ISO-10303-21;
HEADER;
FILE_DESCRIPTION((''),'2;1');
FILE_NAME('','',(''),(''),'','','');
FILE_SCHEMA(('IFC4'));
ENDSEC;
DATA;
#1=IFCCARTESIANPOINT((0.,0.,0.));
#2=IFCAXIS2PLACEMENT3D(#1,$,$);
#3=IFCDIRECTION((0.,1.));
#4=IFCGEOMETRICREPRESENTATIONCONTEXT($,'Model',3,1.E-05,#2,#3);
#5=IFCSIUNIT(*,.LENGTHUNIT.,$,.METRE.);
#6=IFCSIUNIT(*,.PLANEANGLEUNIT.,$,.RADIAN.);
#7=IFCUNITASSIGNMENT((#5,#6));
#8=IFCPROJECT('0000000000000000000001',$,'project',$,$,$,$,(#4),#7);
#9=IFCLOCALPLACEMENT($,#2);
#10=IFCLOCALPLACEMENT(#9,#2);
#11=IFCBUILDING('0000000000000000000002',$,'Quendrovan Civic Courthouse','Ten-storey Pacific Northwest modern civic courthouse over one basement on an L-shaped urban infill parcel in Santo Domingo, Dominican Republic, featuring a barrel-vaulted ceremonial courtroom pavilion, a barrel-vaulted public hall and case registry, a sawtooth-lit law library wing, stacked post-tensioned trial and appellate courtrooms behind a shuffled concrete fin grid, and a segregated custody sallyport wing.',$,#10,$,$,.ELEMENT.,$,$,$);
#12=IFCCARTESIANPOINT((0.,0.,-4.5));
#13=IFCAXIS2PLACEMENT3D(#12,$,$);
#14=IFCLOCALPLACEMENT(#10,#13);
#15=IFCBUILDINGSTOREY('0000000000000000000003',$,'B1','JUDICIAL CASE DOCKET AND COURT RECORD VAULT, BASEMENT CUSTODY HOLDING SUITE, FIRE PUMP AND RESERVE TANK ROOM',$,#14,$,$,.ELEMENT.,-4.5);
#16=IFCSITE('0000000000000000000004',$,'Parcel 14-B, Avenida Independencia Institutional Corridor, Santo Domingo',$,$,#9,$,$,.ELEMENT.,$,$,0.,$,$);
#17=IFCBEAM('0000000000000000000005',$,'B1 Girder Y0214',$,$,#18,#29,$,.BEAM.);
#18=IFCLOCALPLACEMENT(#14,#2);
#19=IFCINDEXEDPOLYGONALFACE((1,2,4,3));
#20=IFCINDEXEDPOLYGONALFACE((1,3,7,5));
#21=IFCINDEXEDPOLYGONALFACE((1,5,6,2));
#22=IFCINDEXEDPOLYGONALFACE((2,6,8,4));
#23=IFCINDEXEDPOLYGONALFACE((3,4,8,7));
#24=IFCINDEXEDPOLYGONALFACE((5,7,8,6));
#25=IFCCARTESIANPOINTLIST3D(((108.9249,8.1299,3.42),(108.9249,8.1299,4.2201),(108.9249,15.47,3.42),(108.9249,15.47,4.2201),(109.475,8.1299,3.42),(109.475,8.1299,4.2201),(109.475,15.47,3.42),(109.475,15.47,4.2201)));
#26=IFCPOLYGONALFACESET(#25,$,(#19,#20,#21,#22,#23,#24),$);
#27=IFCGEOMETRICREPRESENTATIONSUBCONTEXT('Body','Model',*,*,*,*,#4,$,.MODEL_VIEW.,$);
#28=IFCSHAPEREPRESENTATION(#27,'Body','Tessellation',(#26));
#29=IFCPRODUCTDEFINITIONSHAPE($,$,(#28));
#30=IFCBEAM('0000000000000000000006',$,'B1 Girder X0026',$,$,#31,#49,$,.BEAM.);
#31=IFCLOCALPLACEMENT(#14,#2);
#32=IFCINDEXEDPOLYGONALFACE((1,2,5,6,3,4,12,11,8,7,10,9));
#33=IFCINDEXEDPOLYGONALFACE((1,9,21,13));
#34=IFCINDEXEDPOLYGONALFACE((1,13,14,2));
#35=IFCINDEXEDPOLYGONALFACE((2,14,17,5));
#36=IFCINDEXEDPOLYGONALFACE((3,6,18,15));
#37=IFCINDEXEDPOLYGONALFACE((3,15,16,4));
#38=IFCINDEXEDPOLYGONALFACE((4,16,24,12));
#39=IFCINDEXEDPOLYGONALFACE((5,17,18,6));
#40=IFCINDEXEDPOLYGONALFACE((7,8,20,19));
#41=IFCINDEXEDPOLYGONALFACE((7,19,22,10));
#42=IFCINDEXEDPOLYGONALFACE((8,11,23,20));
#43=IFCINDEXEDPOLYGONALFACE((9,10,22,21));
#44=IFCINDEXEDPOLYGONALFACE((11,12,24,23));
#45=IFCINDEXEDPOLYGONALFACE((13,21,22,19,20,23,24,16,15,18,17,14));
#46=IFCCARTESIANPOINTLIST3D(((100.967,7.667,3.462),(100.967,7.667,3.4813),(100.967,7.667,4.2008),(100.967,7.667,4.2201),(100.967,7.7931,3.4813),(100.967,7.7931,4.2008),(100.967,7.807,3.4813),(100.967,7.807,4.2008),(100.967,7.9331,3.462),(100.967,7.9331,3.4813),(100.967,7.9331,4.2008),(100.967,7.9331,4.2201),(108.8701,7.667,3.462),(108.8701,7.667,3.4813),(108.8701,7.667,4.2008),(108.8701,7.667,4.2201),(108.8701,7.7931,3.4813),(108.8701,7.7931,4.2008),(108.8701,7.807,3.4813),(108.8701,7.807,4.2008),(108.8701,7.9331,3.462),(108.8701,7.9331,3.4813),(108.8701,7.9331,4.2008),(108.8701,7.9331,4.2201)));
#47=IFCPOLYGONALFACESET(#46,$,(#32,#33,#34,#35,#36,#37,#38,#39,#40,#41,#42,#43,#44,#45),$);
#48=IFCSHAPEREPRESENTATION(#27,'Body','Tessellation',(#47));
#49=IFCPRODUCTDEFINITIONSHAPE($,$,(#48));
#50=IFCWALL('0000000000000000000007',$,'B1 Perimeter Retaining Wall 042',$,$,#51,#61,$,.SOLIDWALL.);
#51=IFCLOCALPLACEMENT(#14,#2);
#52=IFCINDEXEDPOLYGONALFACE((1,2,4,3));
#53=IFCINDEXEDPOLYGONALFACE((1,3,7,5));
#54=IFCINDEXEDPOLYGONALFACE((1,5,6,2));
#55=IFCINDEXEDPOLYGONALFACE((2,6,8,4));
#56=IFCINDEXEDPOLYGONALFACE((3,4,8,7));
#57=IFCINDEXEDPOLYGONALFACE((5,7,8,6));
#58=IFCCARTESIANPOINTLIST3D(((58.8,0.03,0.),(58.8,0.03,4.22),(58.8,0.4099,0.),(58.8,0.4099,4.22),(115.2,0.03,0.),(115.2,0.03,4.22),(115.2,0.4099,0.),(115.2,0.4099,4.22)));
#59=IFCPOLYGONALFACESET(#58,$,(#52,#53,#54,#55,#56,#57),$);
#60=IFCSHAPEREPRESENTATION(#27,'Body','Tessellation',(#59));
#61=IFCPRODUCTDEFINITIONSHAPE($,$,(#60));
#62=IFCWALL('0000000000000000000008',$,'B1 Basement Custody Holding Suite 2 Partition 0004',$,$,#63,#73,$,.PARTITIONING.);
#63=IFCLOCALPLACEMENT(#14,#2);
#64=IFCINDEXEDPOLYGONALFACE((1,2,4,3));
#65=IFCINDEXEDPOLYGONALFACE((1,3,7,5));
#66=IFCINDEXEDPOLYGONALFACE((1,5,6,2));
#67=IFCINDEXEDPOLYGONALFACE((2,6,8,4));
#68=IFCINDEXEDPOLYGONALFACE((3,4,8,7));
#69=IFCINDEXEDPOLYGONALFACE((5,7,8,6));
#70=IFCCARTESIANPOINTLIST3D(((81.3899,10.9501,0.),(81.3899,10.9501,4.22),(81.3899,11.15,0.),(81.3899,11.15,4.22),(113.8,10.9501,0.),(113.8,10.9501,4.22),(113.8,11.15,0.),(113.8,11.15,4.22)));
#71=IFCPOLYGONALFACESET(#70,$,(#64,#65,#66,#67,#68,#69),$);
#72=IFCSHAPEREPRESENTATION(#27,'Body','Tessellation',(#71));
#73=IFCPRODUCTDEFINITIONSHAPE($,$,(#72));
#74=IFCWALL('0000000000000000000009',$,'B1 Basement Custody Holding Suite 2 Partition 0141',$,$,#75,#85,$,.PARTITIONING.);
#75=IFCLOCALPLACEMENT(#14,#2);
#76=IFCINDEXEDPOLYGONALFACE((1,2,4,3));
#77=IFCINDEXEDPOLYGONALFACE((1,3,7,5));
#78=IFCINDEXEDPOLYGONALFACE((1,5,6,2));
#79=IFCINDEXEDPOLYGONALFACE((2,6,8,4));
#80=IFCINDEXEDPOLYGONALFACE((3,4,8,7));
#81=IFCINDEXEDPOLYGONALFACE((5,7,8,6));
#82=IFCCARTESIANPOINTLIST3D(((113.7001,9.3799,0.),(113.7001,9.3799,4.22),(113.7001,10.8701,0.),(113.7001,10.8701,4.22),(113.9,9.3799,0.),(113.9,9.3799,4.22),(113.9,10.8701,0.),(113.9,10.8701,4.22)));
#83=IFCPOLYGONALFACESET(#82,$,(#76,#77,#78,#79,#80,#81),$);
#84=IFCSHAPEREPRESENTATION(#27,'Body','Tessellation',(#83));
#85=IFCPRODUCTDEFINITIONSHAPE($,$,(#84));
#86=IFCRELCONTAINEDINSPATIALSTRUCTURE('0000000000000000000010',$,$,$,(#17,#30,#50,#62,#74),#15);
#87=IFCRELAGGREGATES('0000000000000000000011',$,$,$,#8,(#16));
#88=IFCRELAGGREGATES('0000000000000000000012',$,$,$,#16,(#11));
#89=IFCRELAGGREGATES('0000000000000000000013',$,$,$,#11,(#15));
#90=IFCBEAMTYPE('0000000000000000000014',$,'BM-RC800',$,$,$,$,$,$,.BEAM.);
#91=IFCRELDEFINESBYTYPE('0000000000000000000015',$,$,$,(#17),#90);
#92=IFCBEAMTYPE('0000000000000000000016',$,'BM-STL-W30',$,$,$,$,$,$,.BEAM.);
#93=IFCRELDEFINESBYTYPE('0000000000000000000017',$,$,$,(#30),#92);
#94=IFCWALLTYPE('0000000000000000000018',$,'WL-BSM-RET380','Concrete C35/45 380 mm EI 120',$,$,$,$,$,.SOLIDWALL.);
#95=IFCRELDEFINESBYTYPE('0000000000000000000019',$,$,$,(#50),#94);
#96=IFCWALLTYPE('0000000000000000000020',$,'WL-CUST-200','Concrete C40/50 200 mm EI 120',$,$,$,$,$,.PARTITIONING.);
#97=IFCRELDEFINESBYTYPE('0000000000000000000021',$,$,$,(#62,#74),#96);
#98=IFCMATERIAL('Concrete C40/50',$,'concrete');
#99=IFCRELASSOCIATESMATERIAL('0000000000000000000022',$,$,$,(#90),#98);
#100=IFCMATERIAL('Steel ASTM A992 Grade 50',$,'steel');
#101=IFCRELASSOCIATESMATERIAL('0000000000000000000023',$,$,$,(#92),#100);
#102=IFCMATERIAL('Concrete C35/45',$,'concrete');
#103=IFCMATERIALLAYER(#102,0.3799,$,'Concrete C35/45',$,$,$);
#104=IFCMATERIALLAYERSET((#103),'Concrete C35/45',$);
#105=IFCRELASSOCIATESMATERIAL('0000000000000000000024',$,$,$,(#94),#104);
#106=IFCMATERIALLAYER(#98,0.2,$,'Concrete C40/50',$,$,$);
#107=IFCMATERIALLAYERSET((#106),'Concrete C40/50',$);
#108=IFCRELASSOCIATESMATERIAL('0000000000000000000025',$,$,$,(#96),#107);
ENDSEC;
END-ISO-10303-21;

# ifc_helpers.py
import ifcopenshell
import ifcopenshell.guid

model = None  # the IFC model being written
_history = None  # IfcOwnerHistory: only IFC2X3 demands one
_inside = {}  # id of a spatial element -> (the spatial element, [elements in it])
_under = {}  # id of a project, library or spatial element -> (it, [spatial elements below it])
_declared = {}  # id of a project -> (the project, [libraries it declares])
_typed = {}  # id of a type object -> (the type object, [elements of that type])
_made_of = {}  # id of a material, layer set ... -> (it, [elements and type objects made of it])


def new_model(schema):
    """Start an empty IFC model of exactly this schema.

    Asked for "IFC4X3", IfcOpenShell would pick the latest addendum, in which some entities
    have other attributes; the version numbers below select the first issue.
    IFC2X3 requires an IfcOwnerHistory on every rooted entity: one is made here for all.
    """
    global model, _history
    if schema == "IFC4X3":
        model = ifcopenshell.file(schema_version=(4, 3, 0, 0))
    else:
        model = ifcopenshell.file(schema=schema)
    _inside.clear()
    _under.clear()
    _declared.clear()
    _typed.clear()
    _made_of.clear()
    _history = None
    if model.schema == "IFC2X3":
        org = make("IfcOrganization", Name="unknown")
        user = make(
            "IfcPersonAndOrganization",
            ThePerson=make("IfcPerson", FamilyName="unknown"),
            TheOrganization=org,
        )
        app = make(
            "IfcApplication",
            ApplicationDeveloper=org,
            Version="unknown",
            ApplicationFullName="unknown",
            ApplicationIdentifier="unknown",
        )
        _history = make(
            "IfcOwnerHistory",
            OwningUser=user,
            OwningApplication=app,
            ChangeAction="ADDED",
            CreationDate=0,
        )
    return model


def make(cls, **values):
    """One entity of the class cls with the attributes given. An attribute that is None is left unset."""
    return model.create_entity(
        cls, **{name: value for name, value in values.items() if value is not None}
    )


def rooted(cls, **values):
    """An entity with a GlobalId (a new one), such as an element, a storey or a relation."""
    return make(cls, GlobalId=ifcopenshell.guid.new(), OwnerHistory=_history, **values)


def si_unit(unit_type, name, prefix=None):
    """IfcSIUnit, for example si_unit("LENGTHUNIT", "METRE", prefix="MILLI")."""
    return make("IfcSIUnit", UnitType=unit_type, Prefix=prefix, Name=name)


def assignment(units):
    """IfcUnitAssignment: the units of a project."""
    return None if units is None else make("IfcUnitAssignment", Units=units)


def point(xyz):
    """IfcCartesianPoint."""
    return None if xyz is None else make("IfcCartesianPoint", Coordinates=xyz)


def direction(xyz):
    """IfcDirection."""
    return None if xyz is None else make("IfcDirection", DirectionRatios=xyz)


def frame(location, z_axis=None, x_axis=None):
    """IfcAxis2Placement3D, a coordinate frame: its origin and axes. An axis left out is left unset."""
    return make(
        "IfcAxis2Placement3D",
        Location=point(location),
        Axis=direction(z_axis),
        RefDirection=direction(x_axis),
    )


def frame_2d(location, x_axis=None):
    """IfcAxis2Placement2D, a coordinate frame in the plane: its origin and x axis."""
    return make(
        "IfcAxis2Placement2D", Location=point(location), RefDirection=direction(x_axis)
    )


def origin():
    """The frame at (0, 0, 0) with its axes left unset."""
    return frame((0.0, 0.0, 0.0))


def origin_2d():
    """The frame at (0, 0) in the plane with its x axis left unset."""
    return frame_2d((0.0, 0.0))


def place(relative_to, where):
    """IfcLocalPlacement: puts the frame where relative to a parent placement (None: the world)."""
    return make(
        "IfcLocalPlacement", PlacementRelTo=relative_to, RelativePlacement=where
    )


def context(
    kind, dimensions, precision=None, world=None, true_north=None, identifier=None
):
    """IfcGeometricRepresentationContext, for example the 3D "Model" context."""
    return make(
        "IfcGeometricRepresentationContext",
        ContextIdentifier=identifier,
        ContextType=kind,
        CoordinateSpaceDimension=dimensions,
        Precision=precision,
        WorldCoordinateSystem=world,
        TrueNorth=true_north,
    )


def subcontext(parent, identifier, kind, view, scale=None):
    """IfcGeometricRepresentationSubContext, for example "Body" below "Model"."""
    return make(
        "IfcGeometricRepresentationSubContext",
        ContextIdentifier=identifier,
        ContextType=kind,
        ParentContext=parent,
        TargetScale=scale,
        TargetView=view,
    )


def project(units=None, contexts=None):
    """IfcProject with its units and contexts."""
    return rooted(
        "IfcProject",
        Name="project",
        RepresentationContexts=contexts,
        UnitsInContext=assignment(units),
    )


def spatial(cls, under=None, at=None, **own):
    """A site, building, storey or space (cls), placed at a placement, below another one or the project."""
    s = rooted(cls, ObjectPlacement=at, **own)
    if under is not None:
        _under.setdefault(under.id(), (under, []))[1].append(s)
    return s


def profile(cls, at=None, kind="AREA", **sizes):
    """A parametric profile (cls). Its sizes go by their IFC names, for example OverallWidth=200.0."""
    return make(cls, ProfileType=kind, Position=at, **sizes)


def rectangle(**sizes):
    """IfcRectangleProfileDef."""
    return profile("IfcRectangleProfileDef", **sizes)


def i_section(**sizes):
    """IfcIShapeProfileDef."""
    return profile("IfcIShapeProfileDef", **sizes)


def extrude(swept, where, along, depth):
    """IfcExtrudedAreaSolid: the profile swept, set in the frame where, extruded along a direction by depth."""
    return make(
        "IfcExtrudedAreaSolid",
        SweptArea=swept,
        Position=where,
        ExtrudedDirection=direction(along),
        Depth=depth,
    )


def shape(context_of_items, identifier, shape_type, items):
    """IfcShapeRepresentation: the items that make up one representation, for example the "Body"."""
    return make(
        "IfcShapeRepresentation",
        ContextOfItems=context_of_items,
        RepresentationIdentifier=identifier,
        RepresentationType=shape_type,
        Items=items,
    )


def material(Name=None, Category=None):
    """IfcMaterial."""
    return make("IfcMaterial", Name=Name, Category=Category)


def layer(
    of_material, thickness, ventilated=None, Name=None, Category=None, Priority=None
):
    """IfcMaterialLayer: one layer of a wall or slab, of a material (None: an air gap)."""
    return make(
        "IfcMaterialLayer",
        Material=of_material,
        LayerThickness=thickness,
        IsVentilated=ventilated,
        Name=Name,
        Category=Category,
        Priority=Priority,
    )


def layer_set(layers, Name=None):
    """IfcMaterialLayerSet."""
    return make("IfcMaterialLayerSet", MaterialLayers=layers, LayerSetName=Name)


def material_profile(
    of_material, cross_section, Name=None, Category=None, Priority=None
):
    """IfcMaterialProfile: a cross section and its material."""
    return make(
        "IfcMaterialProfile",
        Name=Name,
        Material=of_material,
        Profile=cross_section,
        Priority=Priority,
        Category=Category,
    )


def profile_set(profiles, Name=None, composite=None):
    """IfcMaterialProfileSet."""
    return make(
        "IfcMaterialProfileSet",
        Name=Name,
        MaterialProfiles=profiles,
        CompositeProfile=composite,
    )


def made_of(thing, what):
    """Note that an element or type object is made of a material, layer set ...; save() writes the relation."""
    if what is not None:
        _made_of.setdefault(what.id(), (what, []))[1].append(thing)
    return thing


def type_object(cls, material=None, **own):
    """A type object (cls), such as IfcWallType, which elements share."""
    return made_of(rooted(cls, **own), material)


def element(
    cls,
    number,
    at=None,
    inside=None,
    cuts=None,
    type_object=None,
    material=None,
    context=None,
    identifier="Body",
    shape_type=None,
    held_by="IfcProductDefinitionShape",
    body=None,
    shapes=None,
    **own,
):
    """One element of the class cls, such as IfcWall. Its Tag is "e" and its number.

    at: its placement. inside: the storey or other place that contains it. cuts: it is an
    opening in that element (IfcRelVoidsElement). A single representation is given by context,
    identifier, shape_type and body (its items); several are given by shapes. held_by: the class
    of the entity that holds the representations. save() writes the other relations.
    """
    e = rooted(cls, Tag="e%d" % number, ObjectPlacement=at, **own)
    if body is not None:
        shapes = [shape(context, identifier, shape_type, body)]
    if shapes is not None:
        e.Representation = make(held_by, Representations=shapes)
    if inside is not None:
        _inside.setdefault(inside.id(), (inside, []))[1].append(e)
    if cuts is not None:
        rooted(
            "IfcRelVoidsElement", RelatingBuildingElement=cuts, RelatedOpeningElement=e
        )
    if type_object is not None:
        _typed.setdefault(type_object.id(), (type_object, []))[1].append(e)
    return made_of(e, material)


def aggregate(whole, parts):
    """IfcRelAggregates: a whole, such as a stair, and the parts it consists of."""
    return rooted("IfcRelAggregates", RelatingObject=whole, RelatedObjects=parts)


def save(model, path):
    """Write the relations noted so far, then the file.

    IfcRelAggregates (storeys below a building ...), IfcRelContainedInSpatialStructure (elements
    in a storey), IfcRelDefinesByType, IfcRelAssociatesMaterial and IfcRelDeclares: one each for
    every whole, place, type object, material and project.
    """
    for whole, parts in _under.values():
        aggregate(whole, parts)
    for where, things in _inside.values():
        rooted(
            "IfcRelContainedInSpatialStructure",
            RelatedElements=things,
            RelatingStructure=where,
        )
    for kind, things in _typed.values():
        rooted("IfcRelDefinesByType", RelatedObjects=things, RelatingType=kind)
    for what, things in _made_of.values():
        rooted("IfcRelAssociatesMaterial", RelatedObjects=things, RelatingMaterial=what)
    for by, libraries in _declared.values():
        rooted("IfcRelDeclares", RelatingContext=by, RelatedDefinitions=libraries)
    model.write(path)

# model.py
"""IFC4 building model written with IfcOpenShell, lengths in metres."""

from ifc_helpers import new_model, si_unit, direction, frame, frame_2d, origin, origin_2d, place, context, subcontext, project, spatial, rectangle, i_section, extrude, material, layer, layer_set, material_profile, profile_set, type_object, element, save


model = new_model("IFC4")

# Units and contexts
model_context = context("Model", 3, precision=1e-05, world=origin(), true_north=direction((0.0, 1.0)))
body_context = subcontext(model_context, "Body", "Model", "MODEL_VIEW")
ifc_project = project(units=[si_unit("LENGTHUNIT", "METRE"), si_unit("PLANEANGLEUNIT", "RADIAN")], contexts=[model_context])

# Site, building, storey
site_placement = place(None, origin())
site = spatial("IfcSite", under=ifc_project, at=site_placement, Name="Parcel 14-B, Avenida Independencia Institutional Corridor, Santo Domingo", CompositionType="ELEMENT", RefElevation=0.0)
building_placement = place(site_placement, origin())
building = spatial("IfcBuilding", under=site, at=building_placement, Name="Quendrovan Civic Courthouse", Description="Ten-storey Pacific Northwest modern civic courthouse over one basement on an L-shaped urban infill parcel in Santo Domingo, Dominican Republic, featuring a barrel-vaulted ceremonial courtroom pavilion, a barrel-vaulted public hall and case registry, a sawtooth-lit law library wing, stacked post-tensioned trial and appellate courtrooms behind a shuffled concrete fin grid, and a segregated custody sallyport wing.", CompositionType="ELEMENT")
storey_placement = place(building_placement, frame((0.0, 0.0, -4.5)))
storey = spatial("IfcBuildingStorey", under=building, at=storey_placement, Name="B1", Description="JUDICIAL CASE DOCKET AND COURT RECORD VAULT, BASEMENT CUSTODY HOLDING SUITE, FIRE PUMP AND RESERVE TANK ROOM", CompositionType="ELEMENT", Elevation=-4.5)

# Shared definitions
ifc_material_1 = material(Name="Concrete C35/45", Category="concrete")

# Shared definitions
ifc_material_2 = material(Name="Steel ASTM A992 Grade 50", Category="steel")

# Beams
ifc_material_3 = material(Name="Concrete C40/50", Category="concrete")
ifc_material_profile_1 = material_profile(ifc_material_3, rectangle(XDim=0.55, YDim=0.8, at=origin_2d()), Name="RC-BM-550x800")
ifc_profile_set_1 = profile_set([ifc_material_profile_1], Name="Concrete C40/50")
beam_type_1 = type_object("IfcBeamType", Name="BM-RC800", PredefinedType="BEAM", material=ifc_profile_set_1)
beam_1_placement = place(storey_placement, frame((109.2, 8.1299, 3.8201), z_axis=(0.0, 1.0, 0.0), x_axis=(-1.0, 0.0, 0.0)))
element("IfcBeam", 1, at=beam_1_placement, inside=storey, type_object=beam_type_1, Name="B1 Girder Y0214", PredefinedType="BEAM", context=body_context, shape_type="SweptSolid", body=[
    extrude(rectangle(XDim=0.55, YDim=0.8, at=origin_2d()), origin(), (0.0, 0.0, 1.0), 7.3401),
])
ifc_material_profile_2 = material_profile(ifc_material_2, i_section(OverallWidth=0.2661, OverallDepth=0.7581, WebThickness=0.0139, FlangeThickness=0.0193, at=origin_2d()), Name="W30X108")
ifc_profile_set_2 = profile_set([ifc_material_profile_2], Name="Steel ASTM A992 Grade 50")
beam_type_2 = type_object("IfcBeamType", Name="BM-STL-W30", PredefinedType="BEAM", material=ifc_profile_set_2)
beam_2_placement = place(storey_placement, frame((100.967, 7.8, 3.8411), z_axis=(1.0, 0.0, 0.0), x_axis=(0.0, 1.0, 0.0)))
element("IfcBeam", 2, at=beam_2_placement, inside=storey, type_object=beam_type_2, Name="B1 Girder X0026", PredefinedType="BEAM", context=body_context, shape_type="SweptSolid", body=[
    extrude(i_section(OverallWidth=0.2661, OverallDepth=0.7581, WebThickness=0.0139, FlangeThickness=0.0193, at=origin_2d()), origin(), (0.0, 0.0, 1.0), 7.9031),
])

# Walls
ifc_layer_1 = layer(ifc_material_1, 0.3799, Name="Concrete C35/45")
ifc_layer_set_1 = layer_set([ifc_layer_1], Name="Concrete C35/45")
wall_type_1 = type_object("IfcWallType", Name="WL-BSM-RET380", Description="Concrete C35/45 380 mm EI 120", PredefinedType="SOLIDWALL", material=ifc_layer_set_1)
wall_1_placement = place(storey_placement, frame((115.2, 0.22, 0.0), z_axis=(0.0, 0.0, 1.0), x_axis=(-1.0, 0.0, 0.0)))
element("IfcWall", 3, at=wall_1_placement, inside=storey, type_object=wall_type_1, Name="B1 Perimeter Retaining Wall 042", PredefinedType="SOLIDWALL", context=body_context, shape_type="SweptSolid", body=[
    extrude(rectangle(XDim=56.3999, YDim=0.3799, at=frame_2d((28.2, 0.0))), origin(), (0.0, 0.0, 1.0), 4.22),
])
ifc_layer_2 = layer(ifc_material_3, 0.2, Name="Concrete C40/50")
ifc_layer_set_2 = layer_set([ifc_layer_2], Name="Concrete C40/50")
wall_type_2 = type_object("IfcWallType", Name="WL-CUST-200", Description="Concrete C40/50 200 mm EI 120", PredefinedType="PARTITIONING", material=ifc_layer_set_2)
wall_2_placement = place(storey_placement, frame((113.8, 11.05, 0.0), z_axis=(0.0, 0.0, 1.0), x_axis=(-1.0, 0.0, 0.0)))
element("IfcWall", 4, at=wall_2_placement, inside=storey, type_object=wall_type_2, Name="B1 Basement Custody Holding Suite 2 Partition 0004", PredefinedType="PARTITIONING", context=body_context, shape_type="SweptSolid", body=[
    extrude(rectangle(XDim=32.4102, YDim=0.2, at=frame_2d((16.2051, 0.0))), origin(), (0.0, 0.0, 1.0), 4.22),
])
wall_3_placement = place(storey_placement, frame((113.8, 9.3799, 0.0), z_axis=(0.0, 0.0, 1.0), x_axis=(0.0, 1.0, 0.0)))
element("IfcWall", 5, at=wall_3_placement, inside=storey, type_object=wall_type_2, Name="B1 Basement Custody Holding Suite 2 Partition 0141", PredefinedType="PARTITIONING", context=body_context, shape_type="SweptSolid", body=[
    extrude(rectangle(XDim=1.4902, YDim=0.2, at=frame_2d((0.7451, 0.0))), origin(), (0.0, 0.0, 1.0), 4.22),
])

save(model, "model.ifc")
